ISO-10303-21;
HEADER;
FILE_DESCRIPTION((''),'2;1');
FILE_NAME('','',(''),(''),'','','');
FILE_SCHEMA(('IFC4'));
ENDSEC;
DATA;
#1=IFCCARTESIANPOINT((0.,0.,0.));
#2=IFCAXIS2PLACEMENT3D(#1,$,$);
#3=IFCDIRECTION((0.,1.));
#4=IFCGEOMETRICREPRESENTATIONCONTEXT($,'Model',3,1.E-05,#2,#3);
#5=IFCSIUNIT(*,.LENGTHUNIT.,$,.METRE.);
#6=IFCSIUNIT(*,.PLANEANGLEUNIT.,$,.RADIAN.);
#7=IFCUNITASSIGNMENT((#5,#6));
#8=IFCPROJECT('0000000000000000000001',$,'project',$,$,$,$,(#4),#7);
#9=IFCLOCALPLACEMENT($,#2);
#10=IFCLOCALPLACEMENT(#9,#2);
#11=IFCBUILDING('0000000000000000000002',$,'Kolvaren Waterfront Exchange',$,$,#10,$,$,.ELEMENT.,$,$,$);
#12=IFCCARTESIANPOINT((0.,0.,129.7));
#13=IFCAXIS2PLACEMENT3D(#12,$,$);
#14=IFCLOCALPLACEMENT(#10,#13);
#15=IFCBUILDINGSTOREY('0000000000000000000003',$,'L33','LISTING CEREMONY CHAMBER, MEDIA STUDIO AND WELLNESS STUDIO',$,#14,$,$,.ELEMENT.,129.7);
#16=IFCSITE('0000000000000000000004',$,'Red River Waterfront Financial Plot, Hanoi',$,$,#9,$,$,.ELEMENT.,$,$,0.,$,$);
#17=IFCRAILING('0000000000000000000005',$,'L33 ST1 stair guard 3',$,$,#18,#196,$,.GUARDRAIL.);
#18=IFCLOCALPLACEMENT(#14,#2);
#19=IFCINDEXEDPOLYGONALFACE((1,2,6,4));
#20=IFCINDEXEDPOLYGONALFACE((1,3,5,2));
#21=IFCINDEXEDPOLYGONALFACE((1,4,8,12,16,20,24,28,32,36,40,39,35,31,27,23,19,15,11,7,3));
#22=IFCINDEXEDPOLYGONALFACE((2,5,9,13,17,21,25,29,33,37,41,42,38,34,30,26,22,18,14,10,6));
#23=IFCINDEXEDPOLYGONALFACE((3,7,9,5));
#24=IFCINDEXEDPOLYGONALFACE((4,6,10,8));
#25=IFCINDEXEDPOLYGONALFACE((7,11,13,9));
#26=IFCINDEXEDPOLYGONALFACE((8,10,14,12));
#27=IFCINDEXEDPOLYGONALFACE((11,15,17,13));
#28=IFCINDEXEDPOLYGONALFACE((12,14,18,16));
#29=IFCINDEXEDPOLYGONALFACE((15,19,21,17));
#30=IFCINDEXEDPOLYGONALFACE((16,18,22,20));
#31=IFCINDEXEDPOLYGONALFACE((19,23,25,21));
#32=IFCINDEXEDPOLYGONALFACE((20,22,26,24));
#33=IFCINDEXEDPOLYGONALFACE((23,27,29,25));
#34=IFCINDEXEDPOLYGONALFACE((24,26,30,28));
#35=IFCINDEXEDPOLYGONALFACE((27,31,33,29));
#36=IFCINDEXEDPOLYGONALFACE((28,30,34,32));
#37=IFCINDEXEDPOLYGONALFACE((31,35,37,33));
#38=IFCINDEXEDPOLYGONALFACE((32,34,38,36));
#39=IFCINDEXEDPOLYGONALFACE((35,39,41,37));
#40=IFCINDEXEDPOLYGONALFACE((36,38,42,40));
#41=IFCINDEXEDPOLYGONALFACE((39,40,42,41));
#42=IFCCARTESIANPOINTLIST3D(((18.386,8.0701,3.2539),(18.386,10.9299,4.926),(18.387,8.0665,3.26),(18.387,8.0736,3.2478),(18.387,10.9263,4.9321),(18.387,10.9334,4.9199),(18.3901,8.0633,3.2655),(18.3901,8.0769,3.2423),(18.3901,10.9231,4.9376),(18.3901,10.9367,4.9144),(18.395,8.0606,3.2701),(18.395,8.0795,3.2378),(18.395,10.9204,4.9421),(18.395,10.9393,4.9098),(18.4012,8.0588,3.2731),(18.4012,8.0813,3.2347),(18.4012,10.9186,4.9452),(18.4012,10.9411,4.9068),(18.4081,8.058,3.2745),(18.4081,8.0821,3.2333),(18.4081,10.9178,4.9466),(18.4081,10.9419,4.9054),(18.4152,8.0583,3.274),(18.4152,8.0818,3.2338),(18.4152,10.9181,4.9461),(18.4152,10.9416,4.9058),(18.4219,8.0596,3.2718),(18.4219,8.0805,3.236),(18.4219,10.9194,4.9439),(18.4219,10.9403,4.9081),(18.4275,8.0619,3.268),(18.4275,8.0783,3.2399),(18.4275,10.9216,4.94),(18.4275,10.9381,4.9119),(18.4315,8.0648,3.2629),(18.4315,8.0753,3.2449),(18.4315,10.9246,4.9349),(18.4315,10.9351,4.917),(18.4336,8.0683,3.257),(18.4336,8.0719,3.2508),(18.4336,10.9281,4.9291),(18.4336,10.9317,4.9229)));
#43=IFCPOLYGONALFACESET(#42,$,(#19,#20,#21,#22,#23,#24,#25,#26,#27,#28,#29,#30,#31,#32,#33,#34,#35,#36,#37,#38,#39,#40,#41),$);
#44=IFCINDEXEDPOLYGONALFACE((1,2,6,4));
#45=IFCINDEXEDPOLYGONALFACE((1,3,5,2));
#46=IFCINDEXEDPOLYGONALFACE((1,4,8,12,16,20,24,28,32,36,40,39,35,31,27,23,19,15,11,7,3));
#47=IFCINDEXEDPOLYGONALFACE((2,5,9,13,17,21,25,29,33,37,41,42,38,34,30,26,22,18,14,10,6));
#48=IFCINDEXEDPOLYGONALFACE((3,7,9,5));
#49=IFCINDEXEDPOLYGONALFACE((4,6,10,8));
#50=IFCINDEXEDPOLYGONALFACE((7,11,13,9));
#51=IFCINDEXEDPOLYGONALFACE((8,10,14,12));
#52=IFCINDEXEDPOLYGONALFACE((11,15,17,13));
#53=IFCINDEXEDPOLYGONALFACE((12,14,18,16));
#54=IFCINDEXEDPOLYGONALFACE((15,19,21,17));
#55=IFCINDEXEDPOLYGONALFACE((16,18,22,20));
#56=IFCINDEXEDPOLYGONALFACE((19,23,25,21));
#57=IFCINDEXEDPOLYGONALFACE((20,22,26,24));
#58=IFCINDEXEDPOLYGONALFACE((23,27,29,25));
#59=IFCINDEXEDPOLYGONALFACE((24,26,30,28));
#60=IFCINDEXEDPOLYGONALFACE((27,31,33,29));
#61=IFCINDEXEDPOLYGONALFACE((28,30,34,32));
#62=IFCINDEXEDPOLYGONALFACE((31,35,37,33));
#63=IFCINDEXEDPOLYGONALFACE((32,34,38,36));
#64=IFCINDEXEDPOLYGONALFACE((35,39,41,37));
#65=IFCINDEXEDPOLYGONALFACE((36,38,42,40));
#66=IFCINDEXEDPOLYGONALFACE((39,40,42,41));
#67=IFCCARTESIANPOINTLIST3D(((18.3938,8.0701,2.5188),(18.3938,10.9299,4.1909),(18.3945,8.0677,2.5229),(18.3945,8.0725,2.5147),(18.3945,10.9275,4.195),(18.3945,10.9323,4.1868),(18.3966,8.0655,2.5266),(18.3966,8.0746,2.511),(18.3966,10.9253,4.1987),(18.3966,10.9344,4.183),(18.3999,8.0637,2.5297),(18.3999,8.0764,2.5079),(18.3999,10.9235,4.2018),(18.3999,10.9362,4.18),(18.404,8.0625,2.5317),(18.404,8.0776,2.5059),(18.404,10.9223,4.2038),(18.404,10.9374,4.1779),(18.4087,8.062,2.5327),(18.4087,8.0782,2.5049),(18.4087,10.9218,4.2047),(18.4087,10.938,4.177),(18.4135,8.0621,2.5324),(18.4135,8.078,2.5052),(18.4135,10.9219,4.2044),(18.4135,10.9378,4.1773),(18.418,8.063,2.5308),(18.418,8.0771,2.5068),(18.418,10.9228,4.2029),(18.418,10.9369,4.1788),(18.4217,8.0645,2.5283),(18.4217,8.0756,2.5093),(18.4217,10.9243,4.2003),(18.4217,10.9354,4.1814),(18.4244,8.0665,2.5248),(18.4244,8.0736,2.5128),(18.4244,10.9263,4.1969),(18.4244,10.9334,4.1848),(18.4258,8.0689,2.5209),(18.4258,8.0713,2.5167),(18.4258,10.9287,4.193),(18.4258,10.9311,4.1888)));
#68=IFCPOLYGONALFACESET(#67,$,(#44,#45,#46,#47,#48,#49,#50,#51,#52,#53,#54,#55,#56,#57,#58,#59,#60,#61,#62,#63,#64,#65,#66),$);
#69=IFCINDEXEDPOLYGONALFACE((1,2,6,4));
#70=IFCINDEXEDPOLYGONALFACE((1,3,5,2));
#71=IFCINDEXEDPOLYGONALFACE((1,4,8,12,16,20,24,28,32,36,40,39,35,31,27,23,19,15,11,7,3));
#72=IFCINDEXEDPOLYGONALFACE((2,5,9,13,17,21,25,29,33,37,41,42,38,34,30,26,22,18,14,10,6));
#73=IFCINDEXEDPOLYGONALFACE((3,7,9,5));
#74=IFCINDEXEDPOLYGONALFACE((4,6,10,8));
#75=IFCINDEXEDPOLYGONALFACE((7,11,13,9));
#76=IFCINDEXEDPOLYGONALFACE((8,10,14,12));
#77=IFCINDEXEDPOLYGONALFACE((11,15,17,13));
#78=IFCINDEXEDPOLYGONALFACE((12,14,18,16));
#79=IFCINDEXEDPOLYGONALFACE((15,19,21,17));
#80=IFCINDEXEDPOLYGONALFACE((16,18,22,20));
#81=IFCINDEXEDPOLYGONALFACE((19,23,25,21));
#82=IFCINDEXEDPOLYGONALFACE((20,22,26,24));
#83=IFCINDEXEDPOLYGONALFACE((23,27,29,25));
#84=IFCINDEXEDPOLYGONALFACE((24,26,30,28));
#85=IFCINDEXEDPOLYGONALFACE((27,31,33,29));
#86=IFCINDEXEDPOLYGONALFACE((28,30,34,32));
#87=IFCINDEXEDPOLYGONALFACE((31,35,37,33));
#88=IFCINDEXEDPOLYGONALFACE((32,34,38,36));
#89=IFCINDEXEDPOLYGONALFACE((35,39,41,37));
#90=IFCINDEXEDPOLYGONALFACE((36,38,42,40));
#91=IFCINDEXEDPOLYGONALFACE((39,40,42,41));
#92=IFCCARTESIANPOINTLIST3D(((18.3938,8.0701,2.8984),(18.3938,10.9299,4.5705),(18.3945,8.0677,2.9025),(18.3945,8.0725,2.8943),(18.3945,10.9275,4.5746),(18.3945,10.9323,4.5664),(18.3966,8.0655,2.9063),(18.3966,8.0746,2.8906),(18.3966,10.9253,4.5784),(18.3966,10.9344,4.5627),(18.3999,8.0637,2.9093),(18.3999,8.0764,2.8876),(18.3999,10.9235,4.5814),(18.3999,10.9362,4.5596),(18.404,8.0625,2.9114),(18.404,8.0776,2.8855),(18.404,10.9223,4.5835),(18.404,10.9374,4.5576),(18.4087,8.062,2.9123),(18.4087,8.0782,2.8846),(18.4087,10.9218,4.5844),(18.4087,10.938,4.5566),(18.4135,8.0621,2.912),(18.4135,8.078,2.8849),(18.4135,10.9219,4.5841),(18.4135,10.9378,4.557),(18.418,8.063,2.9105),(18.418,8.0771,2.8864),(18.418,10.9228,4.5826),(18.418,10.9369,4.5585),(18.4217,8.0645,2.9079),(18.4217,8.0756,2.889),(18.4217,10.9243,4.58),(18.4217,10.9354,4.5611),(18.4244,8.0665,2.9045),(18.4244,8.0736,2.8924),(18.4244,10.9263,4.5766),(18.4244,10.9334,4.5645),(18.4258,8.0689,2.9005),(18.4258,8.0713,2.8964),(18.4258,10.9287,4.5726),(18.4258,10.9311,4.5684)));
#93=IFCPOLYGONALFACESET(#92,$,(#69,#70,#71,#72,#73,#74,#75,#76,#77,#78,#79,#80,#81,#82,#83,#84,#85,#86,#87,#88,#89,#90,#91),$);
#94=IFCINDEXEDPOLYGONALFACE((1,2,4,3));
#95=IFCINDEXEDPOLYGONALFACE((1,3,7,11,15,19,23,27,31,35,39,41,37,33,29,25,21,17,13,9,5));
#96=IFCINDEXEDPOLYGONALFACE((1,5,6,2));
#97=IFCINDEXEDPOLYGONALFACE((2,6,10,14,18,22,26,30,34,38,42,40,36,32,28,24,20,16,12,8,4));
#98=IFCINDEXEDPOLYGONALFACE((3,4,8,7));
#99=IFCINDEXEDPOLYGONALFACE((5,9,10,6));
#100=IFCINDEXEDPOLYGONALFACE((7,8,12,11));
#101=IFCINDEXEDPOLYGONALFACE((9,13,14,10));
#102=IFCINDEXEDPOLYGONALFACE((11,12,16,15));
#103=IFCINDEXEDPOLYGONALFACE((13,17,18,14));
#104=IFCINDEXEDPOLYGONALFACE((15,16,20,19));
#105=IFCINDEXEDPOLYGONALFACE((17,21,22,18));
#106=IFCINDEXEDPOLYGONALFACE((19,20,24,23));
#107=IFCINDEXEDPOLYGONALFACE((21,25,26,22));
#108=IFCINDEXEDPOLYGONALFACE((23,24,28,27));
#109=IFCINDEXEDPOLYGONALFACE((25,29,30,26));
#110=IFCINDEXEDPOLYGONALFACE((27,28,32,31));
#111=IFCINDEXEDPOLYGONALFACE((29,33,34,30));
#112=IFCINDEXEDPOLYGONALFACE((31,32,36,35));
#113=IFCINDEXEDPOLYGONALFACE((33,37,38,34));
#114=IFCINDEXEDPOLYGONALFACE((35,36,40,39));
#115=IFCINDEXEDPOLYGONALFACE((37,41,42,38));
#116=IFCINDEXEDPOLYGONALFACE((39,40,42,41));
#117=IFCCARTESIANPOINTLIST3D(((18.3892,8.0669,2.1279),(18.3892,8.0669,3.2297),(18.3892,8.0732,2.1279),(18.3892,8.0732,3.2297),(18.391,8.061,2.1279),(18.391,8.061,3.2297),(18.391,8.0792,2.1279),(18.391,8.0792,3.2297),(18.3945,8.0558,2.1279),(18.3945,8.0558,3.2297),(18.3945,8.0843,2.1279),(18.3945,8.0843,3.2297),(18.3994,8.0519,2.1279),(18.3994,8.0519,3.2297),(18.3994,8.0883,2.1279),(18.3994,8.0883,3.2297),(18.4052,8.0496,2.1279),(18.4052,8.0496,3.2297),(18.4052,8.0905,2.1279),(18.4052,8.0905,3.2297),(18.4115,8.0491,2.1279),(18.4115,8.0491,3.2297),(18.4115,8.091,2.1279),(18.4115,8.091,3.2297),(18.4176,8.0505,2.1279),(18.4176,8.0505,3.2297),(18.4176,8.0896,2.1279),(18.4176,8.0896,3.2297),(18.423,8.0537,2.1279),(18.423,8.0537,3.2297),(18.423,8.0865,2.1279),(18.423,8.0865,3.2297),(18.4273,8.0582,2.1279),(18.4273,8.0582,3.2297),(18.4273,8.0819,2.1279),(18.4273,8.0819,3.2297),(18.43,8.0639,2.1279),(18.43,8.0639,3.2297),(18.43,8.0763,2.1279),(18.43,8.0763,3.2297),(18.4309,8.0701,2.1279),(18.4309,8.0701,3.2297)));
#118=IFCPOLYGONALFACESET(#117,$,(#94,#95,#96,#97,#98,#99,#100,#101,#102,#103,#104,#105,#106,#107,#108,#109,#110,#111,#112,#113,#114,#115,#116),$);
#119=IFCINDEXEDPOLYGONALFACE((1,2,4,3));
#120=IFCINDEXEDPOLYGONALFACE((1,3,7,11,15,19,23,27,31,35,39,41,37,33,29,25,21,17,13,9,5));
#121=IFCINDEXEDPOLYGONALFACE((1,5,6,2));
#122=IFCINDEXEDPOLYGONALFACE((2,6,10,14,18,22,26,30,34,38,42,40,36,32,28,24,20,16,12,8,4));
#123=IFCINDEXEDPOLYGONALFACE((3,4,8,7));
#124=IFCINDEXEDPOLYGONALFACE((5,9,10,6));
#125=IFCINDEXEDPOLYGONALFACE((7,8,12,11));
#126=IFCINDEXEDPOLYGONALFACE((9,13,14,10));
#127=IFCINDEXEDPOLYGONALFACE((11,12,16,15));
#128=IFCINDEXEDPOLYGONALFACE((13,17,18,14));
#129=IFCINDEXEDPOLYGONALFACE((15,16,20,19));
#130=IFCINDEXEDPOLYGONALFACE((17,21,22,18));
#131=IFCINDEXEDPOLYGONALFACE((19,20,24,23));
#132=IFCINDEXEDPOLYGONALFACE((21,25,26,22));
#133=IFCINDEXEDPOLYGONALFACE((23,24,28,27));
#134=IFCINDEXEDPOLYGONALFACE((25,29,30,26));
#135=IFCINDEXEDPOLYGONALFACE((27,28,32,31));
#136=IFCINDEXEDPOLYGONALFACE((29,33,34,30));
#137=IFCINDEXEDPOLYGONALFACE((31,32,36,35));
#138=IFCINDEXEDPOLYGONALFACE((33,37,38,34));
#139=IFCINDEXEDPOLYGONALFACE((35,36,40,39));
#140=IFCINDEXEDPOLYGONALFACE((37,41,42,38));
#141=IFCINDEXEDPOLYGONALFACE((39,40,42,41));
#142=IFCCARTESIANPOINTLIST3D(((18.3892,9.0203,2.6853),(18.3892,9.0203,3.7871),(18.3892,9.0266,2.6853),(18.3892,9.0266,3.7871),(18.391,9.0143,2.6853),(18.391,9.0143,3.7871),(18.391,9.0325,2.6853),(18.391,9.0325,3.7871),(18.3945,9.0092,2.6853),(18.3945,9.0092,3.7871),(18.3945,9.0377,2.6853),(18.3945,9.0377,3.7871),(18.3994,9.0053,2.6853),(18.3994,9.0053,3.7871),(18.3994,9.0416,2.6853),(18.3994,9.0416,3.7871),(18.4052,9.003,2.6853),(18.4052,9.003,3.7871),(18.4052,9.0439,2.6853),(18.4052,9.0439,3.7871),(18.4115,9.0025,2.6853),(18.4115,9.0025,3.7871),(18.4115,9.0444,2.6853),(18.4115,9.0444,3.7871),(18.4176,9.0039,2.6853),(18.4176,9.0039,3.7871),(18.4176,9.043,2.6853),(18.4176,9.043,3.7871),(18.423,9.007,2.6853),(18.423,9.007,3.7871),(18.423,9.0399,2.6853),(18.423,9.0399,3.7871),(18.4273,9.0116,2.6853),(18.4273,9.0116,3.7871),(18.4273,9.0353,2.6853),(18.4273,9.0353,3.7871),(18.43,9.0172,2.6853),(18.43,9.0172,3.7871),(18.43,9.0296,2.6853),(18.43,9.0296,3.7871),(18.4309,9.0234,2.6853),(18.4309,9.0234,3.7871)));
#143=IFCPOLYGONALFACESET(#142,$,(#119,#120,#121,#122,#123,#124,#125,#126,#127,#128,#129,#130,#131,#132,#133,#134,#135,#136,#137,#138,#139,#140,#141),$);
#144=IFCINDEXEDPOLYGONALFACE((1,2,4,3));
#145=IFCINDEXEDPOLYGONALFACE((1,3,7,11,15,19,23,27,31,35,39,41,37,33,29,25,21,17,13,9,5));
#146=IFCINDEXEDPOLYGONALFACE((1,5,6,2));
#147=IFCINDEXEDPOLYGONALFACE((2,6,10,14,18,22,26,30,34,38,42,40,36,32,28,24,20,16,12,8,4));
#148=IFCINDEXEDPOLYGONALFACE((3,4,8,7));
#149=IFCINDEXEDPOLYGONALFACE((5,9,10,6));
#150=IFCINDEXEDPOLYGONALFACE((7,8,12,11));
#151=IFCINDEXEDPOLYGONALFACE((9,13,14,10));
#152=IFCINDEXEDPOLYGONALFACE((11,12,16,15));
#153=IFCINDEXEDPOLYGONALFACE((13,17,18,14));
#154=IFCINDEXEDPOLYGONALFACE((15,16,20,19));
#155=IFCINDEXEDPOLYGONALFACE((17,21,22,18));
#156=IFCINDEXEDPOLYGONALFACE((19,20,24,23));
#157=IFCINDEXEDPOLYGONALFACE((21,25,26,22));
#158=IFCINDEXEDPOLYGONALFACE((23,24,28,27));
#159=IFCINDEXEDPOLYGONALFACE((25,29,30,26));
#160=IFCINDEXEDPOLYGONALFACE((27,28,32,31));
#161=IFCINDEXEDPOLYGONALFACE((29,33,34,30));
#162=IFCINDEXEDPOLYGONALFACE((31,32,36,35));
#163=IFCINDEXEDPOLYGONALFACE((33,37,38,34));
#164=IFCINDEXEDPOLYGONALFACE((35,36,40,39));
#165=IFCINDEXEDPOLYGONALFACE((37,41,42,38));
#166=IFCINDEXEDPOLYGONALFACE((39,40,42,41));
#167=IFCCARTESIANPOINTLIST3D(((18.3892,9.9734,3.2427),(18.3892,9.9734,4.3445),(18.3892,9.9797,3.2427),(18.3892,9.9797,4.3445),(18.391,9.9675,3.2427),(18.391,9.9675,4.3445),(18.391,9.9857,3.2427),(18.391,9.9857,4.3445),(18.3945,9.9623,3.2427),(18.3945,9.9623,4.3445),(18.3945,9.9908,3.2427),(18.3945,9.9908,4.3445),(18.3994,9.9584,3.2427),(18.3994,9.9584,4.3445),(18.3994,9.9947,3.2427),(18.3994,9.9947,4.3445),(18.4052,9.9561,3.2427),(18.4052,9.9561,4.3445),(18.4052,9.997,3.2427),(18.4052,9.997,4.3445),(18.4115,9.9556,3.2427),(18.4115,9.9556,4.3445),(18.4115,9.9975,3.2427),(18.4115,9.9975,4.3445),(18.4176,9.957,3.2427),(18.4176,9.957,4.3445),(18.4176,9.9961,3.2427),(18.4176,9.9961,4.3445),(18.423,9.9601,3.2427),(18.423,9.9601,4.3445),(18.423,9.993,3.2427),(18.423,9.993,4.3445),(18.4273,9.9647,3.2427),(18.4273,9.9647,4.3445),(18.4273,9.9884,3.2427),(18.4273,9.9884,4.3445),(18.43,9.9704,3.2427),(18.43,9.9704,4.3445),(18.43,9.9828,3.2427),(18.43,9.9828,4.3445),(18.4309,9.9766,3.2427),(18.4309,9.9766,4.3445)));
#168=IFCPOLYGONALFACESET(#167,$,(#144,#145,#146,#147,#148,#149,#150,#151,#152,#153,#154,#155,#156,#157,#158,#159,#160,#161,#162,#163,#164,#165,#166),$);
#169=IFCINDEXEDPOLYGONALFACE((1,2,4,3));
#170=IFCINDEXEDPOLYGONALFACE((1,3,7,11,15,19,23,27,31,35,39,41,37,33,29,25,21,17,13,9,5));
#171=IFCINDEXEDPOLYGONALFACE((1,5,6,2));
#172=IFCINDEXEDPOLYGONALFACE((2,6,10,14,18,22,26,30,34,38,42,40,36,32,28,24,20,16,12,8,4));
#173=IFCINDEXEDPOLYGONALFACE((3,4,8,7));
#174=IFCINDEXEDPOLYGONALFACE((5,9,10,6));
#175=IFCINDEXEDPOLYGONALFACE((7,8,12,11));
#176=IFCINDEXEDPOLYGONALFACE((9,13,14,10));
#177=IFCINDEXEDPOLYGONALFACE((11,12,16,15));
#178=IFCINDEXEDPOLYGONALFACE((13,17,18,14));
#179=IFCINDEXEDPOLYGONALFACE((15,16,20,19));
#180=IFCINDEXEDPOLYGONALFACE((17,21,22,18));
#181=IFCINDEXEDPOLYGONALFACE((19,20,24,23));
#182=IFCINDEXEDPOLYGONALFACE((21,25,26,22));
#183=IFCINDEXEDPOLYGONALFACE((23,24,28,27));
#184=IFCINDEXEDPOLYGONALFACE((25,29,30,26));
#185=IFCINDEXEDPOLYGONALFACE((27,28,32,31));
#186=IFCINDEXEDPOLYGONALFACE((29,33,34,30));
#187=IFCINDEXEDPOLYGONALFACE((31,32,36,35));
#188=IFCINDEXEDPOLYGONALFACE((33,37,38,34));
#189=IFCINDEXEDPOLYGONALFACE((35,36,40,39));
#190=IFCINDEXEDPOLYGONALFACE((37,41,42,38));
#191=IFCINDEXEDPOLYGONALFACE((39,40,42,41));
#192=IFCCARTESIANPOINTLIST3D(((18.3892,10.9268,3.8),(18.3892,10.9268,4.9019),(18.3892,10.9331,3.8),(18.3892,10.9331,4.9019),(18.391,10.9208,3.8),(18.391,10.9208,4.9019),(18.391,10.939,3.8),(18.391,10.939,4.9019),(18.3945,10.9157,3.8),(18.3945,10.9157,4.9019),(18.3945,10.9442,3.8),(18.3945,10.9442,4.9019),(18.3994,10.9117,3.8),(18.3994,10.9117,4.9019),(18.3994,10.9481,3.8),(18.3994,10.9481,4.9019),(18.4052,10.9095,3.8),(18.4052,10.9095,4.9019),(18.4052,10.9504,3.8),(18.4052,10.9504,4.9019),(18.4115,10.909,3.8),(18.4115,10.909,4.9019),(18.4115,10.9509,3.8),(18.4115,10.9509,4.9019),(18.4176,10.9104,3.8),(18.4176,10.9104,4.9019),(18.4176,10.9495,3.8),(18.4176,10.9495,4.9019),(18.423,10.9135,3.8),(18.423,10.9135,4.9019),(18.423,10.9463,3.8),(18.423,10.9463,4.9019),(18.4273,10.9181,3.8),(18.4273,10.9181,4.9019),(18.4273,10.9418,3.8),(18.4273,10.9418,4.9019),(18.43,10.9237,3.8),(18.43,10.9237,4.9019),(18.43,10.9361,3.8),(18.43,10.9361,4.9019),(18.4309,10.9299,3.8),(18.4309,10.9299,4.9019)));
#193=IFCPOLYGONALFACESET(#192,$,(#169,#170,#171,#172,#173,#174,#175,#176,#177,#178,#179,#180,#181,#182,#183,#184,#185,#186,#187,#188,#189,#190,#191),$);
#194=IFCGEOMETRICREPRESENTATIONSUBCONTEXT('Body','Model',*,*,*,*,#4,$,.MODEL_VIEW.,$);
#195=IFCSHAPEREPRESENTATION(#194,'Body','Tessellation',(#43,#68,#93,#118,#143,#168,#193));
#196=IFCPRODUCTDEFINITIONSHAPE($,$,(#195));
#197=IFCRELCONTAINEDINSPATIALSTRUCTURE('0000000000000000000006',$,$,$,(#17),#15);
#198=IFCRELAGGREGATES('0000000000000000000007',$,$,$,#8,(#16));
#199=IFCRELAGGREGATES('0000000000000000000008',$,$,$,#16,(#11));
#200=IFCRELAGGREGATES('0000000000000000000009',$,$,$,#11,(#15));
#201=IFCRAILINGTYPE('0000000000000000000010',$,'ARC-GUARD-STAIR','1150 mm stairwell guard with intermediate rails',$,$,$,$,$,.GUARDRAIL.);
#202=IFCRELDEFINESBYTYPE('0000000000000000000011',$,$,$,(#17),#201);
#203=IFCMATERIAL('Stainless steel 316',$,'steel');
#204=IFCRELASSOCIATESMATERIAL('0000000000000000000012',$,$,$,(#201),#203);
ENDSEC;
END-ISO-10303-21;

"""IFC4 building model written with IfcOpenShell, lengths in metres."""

from ifc_helpers import new_model, si_unit, direction, frame, origin, origin_2d, place, context, subcontext, project, spatial, circle, extrude, material, type_object, element, save


model = new_model("IFC4")

# Units and contexts
model_context = context("Model", 3, precision=1e-05, world=origin(), true_north=direction((0.0, 1.0)))
body_context = subcontext(model_context, "Body", "Model", "MODEL_VIEW")
ifc_project = project(units=[si_unit("LENGTHUNIT", "METRE"), si_unit("PLANEANGLEUNIT", "RADIAN")], contexts=[model_context])

# Site, building, storey
site_placement = place(None, origin())
site = spatial("IfcSite", under=ifc_project, at=site_placement, Name="Red River Waterfront Financial Plot, Hanoi", CompositionType="ELEMENT", RefElevation=0.0)
building_placement = place(site_placement, origin())
building = spatial("IfcBuilding", under=site, at=building_placement, Name="Kolvaren Waterfront Exchange", CompositionType="ELEMENT")
storey_placement = place(building_placement, frame((0.0, 0.0, 129.7)))
storey = spatial("IfcBuildingStorey", under=building, at=storey_placement, Name="L33", Description="LISTING CEREMONY CHAMBER, MEDIA STUDIO AND WELLNESS STUDIO", CompositionType="ELEMENT", Elevation=129.7)

# Railing
ifc_material_1 = material(Name="Stainless steel 316", Category="steel")
railing_type_1 = type_object("IfcRailingType", Name="ARC-GUARD-STAIR", Description="1150 mm stairwell guard with intermediate rails", PredefinedType="GUARDRAIL", material=ifc_material_1)
railing_1_placement = place(storey_placement, frame((18.4099, 8.0701, 2.1279)))
element("IfcRailing", 1, at=railing_1_placement, inside=storey, type_object=railing_type_1, Name="L33 ST1 stair guard 3", PredefinedType="GUARDRAIL", context=body_context, shape_type="SweptSolid", body=[
    extrude(circle(Radius=0.0239, at=origin_2d()), frame((0.0, 0.0, 1.126), z_axis=(0.0, 0.863271, 0.504741), x_axis=(-1.0, 0.0, 0.0)), (0.0, 0.0, 1.0), 3.3127),
    extrude(circle(Radius=0.0161, at=origin_2d()), frame((0.0, 0.0, 0.3909), z_axis=(0.0, 0.863271, 0.504741), x_axis=(-1.0, 0.0, 0.0)), (0.0, 0.0, 1.0), 3.3127),
    extrude(circle(Radius=0.0161, at=origin_2d()), frame((0.0, 0.0, 0.7705), z_axis=(0.0, 0.863271, 0.504741), x_axis=(-1.0, 0.0, 0.0)), (0.0, 0.0, 1.0), 3.3127),
    extrude(circle(Radius=0.021, at=origin_2d()), origin(), (0.0, 0.0, 1.0), 1.1018),
    extrude(circle(Radius=0.021, at=origin_2d()), frame((0.0, 0.9534, 0.5574)), (0.0, 0.0, 1.0), 1.1018),
    extrude(circle(Radius=0.021, at=origin_2d()), frame((0.0, 1.9065, 1.1147)), (0.0, 0.0, 1.0), 1.1018),
    extrude(circle(Radius=0.021, at=origin_2d()), frame((0.0, 2.8599, 1.6721)), (0.0, 0.0, 1.0), 1.1018),
])

save(model, "model.ifc")
